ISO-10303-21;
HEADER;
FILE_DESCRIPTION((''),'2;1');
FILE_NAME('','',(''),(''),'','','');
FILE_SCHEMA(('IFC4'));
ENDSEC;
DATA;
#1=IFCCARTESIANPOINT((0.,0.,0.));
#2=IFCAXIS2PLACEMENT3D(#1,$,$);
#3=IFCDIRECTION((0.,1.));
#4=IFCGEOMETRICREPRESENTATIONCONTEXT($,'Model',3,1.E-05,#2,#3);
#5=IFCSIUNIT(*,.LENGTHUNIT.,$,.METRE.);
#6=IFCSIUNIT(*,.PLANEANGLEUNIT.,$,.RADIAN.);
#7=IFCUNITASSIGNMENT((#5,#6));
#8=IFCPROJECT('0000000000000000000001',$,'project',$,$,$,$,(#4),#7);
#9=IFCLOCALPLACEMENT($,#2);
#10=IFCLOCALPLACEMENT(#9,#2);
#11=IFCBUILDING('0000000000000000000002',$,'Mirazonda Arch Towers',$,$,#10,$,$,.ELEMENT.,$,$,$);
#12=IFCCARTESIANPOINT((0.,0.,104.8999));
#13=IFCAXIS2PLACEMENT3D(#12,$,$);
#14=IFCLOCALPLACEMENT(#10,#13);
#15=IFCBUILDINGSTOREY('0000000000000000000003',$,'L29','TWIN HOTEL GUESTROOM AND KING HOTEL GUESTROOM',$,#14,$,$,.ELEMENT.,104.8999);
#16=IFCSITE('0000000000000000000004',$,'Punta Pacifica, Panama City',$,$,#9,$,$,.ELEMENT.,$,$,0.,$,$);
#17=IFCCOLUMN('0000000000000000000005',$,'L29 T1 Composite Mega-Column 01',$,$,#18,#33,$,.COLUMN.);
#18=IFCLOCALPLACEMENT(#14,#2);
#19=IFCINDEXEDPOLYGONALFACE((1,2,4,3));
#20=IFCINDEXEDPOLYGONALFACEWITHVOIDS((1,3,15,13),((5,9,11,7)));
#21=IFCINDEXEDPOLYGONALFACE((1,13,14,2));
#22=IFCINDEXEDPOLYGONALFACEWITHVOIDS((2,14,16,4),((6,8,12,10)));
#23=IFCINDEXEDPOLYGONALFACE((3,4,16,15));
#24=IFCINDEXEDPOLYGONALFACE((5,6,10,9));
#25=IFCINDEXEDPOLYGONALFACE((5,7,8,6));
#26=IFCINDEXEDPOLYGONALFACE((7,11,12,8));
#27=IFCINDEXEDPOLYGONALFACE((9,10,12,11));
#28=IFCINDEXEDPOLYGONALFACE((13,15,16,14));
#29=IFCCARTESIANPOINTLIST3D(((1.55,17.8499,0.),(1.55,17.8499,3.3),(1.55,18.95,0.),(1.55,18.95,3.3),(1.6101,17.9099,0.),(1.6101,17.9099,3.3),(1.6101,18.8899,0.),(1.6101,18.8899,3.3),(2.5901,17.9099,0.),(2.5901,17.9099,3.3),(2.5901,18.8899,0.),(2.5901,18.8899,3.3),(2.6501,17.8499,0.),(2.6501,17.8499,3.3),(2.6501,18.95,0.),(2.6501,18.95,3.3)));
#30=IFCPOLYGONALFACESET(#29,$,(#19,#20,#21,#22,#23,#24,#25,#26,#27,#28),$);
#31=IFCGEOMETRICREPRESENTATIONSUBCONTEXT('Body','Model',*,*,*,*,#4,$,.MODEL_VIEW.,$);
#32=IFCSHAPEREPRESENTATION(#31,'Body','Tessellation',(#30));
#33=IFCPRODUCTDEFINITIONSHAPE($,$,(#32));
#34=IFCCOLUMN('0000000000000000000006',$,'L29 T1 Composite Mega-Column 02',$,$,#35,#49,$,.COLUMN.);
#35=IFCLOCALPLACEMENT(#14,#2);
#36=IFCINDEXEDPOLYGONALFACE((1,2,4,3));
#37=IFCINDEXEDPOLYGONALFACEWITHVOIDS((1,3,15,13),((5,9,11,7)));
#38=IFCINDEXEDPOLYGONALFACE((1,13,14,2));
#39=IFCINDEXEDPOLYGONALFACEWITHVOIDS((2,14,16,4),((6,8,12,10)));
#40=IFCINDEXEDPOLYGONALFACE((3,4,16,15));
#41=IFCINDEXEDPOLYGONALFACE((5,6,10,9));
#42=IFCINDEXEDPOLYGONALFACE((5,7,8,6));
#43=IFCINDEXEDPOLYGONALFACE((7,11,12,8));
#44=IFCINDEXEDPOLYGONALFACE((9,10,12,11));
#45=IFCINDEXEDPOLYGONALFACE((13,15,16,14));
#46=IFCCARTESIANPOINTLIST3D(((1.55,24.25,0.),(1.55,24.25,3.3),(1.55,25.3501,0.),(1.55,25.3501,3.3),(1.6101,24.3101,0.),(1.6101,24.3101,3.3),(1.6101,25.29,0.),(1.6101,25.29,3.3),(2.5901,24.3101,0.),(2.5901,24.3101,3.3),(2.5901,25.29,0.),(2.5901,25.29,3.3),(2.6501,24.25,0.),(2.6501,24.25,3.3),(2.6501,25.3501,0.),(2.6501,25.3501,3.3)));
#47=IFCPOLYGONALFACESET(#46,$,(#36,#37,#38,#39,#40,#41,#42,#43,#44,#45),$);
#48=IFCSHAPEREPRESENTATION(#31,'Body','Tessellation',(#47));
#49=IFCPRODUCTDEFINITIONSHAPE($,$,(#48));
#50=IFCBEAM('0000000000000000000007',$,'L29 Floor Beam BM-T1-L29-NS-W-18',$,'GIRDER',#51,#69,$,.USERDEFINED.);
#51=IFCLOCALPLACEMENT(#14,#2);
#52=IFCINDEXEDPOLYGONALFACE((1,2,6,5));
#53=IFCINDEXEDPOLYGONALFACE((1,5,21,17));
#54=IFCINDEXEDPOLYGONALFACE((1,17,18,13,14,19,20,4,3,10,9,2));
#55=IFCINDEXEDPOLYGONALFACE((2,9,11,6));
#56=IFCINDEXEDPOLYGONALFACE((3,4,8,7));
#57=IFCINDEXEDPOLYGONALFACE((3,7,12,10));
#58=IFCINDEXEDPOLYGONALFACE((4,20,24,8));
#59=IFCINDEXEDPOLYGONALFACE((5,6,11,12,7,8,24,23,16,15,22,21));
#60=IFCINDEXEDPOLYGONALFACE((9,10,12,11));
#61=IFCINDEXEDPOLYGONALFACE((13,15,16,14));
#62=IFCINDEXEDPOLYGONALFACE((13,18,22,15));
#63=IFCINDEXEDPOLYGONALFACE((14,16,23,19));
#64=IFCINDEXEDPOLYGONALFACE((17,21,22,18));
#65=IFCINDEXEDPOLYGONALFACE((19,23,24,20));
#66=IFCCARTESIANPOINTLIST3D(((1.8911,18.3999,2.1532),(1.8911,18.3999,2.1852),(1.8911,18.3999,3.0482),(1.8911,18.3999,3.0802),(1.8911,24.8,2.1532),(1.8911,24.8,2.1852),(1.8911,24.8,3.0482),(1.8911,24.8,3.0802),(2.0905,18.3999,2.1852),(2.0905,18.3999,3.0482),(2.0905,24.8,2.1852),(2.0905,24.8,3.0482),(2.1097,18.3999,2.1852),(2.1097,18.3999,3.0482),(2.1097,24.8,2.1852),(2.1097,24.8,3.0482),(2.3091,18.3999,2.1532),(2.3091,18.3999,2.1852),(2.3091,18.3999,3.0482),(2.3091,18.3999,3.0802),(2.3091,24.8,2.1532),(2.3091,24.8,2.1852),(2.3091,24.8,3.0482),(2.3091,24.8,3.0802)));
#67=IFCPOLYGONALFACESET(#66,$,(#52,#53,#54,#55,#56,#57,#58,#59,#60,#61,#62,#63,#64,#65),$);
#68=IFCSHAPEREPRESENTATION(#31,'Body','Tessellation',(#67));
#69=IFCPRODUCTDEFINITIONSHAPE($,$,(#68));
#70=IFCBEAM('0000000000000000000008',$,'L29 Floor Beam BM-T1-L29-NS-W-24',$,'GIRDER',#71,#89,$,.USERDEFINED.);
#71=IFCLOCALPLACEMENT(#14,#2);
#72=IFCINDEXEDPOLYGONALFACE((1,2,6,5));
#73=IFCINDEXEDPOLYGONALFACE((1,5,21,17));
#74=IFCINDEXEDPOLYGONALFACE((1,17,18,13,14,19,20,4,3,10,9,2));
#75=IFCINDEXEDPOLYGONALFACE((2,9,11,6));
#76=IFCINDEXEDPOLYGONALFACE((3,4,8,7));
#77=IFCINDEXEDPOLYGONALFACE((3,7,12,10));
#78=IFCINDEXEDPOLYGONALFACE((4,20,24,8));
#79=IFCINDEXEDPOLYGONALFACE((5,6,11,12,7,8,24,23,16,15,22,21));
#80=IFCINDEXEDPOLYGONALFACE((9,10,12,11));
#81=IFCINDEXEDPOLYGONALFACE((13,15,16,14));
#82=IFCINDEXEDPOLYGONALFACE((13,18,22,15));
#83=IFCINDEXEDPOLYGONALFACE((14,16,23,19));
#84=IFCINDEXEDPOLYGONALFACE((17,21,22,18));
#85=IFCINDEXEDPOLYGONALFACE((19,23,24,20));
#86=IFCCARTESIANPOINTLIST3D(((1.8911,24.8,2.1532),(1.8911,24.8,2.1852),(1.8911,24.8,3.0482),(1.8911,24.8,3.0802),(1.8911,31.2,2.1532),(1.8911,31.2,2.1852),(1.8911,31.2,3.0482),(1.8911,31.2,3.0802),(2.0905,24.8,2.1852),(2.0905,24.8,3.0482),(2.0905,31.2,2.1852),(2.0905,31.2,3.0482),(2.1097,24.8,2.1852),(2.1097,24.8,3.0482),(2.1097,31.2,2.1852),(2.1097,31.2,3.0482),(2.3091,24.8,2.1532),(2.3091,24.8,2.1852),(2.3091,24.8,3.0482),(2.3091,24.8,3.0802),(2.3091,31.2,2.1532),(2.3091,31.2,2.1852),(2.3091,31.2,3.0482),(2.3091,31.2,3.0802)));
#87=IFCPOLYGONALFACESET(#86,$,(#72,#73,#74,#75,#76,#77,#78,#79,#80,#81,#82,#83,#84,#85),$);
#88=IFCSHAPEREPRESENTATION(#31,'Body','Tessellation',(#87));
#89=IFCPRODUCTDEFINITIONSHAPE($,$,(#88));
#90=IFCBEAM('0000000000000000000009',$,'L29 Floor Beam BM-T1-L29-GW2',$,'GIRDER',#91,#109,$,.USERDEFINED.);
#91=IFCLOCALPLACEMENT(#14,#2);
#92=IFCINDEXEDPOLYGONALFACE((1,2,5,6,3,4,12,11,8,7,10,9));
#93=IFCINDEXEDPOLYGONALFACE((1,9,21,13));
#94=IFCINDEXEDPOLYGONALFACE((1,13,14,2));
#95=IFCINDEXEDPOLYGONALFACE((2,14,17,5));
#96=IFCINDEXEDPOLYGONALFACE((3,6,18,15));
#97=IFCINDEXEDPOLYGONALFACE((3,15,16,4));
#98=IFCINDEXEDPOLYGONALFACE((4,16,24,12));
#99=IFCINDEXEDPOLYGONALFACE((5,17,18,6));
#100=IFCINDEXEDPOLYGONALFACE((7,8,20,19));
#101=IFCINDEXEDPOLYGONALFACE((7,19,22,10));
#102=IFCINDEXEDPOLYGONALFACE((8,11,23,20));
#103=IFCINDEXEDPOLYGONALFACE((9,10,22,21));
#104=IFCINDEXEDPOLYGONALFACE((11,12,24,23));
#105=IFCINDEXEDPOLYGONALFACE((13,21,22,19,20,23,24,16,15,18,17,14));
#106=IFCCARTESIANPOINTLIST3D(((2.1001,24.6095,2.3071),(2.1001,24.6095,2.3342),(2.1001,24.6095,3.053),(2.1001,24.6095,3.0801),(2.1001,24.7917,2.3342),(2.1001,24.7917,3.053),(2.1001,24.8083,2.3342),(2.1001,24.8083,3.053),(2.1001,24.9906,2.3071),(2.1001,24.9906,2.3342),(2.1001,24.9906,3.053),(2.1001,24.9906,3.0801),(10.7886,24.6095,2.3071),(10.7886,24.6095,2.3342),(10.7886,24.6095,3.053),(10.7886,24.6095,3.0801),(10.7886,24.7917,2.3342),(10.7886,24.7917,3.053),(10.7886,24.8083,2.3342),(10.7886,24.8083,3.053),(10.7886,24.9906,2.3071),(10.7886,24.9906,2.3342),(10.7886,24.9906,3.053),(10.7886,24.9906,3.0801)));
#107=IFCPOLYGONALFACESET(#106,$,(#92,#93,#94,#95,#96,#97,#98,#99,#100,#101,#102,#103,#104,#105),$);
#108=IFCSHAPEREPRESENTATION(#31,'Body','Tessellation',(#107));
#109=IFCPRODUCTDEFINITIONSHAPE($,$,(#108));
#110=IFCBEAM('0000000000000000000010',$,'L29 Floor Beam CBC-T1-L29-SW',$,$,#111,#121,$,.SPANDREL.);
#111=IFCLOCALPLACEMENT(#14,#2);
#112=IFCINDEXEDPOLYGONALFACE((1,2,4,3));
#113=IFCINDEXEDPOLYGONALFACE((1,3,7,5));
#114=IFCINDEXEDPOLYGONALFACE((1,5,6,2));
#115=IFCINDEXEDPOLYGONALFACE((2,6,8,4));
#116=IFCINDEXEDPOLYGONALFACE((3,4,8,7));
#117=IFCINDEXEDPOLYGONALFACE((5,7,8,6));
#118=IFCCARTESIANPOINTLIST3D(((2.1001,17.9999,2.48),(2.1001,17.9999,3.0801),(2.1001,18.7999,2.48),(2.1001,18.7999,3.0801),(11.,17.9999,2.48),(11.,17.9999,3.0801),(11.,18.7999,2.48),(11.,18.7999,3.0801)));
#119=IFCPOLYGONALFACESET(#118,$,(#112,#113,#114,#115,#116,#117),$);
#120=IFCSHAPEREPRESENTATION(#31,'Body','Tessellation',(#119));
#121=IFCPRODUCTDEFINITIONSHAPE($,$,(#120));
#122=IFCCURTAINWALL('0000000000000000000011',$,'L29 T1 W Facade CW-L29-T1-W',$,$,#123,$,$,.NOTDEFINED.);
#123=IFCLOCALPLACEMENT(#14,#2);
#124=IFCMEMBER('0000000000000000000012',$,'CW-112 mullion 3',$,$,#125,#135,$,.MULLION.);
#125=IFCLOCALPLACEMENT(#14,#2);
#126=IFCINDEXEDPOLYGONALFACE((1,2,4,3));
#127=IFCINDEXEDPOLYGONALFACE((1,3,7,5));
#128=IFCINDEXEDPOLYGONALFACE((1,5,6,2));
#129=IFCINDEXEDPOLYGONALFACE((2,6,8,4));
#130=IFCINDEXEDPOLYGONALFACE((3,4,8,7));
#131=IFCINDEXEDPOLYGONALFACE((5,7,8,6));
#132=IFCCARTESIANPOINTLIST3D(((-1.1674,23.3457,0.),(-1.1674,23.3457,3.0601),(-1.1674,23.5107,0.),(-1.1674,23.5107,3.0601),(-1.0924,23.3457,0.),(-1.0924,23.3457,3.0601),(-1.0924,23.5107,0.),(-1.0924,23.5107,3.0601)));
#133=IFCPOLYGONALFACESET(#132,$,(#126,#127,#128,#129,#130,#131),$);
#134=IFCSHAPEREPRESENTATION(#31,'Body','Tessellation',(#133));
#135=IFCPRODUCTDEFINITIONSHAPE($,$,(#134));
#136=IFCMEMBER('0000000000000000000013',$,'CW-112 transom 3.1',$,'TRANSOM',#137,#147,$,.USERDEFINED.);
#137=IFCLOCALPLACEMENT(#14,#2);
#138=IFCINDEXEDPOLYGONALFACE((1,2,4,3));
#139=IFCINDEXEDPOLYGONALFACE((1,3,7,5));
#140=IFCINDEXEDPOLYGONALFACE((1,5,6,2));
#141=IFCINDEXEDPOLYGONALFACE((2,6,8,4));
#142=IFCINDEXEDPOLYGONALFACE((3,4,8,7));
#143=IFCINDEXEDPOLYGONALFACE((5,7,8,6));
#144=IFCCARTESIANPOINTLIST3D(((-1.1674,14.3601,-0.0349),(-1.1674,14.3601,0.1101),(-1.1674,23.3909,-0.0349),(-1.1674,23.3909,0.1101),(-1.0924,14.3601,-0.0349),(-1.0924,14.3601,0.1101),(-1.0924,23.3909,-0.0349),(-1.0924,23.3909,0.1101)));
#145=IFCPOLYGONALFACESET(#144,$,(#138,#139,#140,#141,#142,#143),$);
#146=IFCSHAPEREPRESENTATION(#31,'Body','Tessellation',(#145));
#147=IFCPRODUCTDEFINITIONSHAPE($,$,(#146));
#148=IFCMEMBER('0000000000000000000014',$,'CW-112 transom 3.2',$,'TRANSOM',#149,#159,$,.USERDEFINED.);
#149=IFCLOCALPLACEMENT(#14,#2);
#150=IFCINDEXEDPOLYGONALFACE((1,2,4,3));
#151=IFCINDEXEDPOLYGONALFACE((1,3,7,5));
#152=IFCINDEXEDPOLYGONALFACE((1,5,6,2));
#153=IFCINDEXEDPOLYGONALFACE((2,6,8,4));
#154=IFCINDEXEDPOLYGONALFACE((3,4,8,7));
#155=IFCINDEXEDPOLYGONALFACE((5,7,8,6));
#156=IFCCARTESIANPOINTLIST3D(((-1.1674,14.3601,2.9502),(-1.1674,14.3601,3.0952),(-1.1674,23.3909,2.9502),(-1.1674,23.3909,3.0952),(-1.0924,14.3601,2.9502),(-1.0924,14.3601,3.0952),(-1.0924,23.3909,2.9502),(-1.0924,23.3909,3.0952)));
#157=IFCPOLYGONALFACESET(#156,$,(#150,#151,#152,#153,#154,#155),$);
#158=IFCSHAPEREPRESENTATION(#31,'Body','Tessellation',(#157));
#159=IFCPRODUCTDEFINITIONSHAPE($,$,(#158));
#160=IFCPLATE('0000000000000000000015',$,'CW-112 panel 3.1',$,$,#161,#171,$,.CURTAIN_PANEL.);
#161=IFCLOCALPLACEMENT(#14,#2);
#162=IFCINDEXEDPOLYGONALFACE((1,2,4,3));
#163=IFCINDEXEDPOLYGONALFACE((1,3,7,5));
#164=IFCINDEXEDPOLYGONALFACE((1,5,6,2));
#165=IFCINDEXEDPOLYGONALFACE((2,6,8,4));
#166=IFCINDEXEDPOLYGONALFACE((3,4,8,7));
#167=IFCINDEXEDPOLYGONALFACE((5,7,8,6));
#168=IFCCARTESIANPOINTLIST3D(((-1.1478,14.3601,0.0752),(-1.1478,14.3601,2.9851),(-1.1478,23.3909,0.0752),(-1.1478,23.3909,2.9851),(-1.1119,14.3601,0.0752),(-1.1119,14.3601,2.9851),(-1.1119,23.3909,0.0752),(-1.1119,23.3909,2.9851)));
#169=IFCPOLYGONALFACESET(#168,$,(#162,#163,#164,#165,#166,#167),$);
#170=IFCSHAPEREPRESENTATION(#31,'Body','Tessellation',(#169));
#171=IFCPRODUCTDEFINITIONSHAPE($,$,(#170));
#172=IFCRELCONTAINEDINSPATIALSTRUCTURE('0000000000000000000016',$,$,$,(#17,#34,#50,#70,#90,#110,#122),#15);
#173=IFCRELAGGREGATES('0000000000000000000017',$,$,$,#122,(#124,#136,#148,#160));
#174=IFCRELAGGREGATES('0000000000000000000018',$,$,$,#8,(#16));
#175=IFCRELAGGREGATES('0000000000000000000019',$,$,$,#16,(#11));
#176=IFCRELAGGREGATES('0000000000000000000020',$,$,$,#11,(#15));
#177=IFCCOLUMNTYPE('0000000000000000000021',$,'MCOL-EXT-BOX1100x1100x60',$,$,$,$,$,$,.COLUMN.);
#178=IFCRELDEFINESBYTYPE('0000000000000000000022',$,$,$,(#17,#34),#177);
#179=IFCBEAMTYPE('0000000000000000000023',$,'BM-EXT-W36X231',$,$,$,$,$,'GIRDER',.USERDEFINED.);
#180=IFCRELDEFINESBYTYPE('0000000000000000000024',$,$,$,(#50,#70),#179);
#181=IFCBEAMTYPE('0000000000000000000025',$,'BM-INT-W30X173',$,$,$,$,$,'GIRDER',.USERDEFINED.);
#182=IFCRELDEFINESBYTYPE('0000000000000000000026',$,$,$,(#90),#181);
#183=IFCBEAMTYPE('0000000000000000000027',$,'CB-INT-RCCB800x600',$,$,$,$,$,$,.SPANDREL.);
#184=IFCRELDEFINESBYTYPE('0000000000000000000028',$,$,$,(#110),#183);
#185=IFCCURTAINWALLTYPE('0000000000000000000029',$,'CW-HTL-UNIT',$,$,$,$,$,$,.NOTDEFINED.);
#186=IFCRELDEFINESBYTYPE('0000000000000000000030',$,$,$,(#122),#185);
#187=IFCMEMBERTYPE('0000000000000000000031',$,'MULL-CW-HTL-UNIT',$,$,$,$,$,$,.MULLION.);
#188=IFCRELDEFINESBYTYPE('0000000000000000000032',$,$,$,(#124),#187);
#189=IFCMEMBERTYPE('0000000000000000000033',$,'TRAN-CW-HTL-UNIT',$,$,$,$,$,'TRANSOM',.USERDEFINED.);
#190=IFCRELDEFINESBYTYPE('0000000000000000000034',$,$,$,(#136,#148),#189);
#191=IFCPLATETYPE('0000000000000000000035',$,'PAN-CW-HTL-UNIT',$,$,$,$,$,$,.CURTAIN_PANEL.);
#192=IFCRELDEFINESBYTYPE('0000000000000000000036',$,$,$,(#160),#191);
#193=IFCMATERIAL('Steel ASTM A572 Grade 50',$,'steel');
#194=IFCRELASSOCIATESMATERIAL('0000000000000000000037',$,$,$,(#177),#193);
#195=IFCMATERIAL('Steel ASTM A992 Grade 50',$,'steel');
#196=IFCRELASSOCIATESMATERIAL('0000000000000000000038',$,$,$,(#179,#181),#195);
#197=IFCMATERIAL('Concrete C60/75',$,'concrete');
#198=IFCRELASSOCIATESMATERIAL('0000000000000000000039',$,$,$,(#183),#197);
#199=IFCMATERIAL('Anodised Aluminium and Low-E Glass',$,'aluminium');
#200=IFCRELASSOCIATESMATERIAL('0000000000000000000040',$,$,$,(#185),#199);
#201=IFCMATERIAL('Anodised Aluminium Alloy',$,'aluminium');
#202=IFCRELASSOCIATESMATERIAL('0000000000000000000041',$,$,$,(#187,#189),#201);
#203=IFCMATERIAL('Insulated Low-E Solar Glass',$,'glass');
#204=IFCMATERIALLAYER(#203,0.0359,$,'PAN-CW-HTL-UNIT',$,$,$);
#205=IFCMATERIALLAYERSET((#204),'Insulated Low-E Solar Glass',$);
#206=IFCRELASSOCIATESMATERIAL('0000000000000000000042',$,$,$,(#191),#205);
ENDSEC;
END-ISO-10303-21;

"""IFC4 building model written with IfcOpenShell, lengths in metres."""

from ifc_helpers import new_model, si_unit, direction, frame, origin, origin_2d, place, context, subcontext, project, spatial, rectangle, hollow_rectangle, i_section, extrude, material, layer, layer_set, material_profile, profile_set, type_object, element, aggregate, save


model = new_model("IFC4")

# Units and contexts
model_context = context("Model", 3, precision=1e-05, world=origin(), true_north=direction((0.0, 1.0)))
body_context = subcontext(model_context, "Body", "Model", "MODEL_VIEW")
ifc_project = project(units=[si_unit("LENGTHUNIT", "METRE"), si_unit("PLANEANGLEUNIT", "RADIAN")], contexts=[model_context])

# Site, building, storey
site_placement = place(None, origin())
site = spatial("IfcSite", under=ifc_project, at=site_placement, Name="Punta Pacifica, Panama City", CompositionType="ELEMENT", RefElevation=0.0)
building_placement = place(site_placement, origin())
building = spatial("IfcBuilding", under=site, at=building_placement, Name="Mirazonda Arch Towers", CompositionType="ELEMENT")
storey_placement = place(building_placement, frame((0.0, 0.0, 104.8999)))
storey = spatial("IfcBuildingStorey", under=building, at=storey_placement, Name="L29", Description="TWIN HOTEL GUESTROOM AND KING HOTEL GUESTROOM", CompositionType="ELEMENT", Elevation=104.8999)

# Columns
ifc_material_1 = material(Name="Steel ASTM A572 Grade 50", Category="steel")
ifc_material_profile_1 = material_profile(ifc_material_1, hollow_rectangle(XDim=1.1001, YDim=1.1001, WallThickness=0.0601, at=origin_2d()), Name="BOX1100x1100x60")
ifc_profile_set_1 = profile_set([ifc_material_profile_1], Name="Steel ASTM A572 Grade 50")
column_type = type_object("IfcColumnType", Name="MCOL-EXT-BOX1100x1100x60", PredefinedType="COLUMN", material=ifc_profile_set_1)
for number, where, z_axis, x_axis, name in (
    (1, (2.1001, 18.3999, 0.0), (0.0, 0.0, 1.0), (1.0, 0.0, 0.0), "L29 T1 Composite Mega-Column 01"),
    (2, (2.1001, 24.8, 0.0), (0.0, 0.0, 1.0), (1.0, 0.0, 0.0), "L29 T1 Composite Mega-Column 02"),
):
    element("IfcColumn", number, at=place(storey_placement, frame(where, z_axis=z_axis, x_axis=x_axis)), inside=storey, type_object=column_type, Name=name, PredefinedType="COLUMN", context=body_context, shape_type="SweptSolid", body=[
        extrude(hollow_rectangle(XDim=1.1001, YDim=1.1001, WallThickness=0.0601, at=origin_2d()), origin(), (0.0, 0.0, 1.0), 3.3),
    ])

# Beams
ifc_material_2 = material(Name="Steel ASTM A992 Grade 50", Category="steel")
ifc_material_profile_2 = material_profile(ifc_material_2, i_section(OverallWidth=0.418, OverallDepth=0.927, WebThickness=0.0193, FlangeThickness=0.032, at=origin_2d()), Name="W36X231")
ifc_profile_set_2 = profile_set([ifc_material_profile_2], Name="Steel ASTM A992 Grade 50")
beam_type_1 = type_object("IfcBeamType", Name="BM-EXT-W36X231", ElementType="GIRDER", PredefinedType="USERDEFINED", material=ifc_profile_set_2)
beam_1_placement = place(storey_placement, frame((2.1001, 18.3999, 2.6167), z_axis=(0.0, 1.0, 0.0), x_axis=(-1.0, 0.0, 0.0)))
element("IfcBeam", 3, at=beam_1_placement, inside=storey, type_object=beam_type_1, Name="L29 Floor Beam BM-T1-L29-NS-W-18", ObjectType="GIRDER", PredefinedType="USERDEFINED", context=body_context, shape_type="SweptSolid", body=[
    extrude(i_section(OverallWidth=0.418, OverallDepth=0.927, WebThickness=0.0193, FlangeThickness=0.032, at=origin_2d()), origin(), (0.0, 0.0, 1.0), 6.4001),
])
beam_2_placement = place(storey_placement, frame((2.1001, 24.8, 2.6167), z_axis=(0.0, 1.0, 0.0), x_axis=(-1.0, 0.0, 0.0)))
element("IfcBeam", 4, at=beam_2_placement, inside=storey, type_object=beam_type_1, Name="L29 Floor Beam BM-T1-L29-NS-W-24", ObjectType="GIRDER", PredefinedType="USERDEFINED", context=body_context, shape_type="SweptSolid", body=[
    extrude(i_section(OverallWidth=0.418, OverallDepth=0.927, WebThickness=0.0193, FlangeThickness=0.032, at=origin_2d()), origin(), (0.0, 0.0, 1.0), 6.3999),
])
ifc_material_profile_3 = material_profile(ifc_material_2, i_section(OverallWidth=0.3811, OverallDepth=0.7729, WebThickness=0.0166, FlangeThickness=0.0271, at=origin_2d()), Name="W30X173")
ifc_profile_set_3 = profile_set([ifc_material_profile_3], Name="Steel ASTM A992 Grade 50")
beam_type_2 = type_object("IfcBeamType", Name="BM-INT-W30X173", ElementType="GIRDER", PredefinedType="USERDEFINED", material=ifc_profile_set_3)
beam_3_placement = place(storey_placement, frame((2.1001, 24.8, 2.6936), z_axis=(1.0, 0.0, 0.0), x_axis=(0.0, 1.0, 0.0)))
element("IfcBeam", 5, at=beam_3_placement, inside=storey, type_object=beam_type_2, Name="L29 Floor Beam BM-T1-L29-GW2", ObjectType="GIRDER", PredefinedType="USERDEFINED", context=body_context, shape_type="SweptSolid", body=[
    extrude(i_section(OverallWidth=0.3811, OverallDepth=0.7729, WebThickness=0.0166, FlangeThickness=0.0271, at=origin_2d()), origin(), (0.0, 0.0, 1.0), 8.6885),
])
ifc_material_3 = material(Name="Concrete C60/75", Category="concrete")
ifc_material_profile_4 = material_profile(ifc_material_3, rectangle(XDim=0.8, YDim=0.6001, at=origin_2d()), Name="RCCB800x600")
ifc_profile_set_4 = profile_set([ifc_material_profile_4], Name="Concrete C60/75")
beam_type_3 = type_object("IfcBeamType", Name="CB-INT-RCCB800x600", PredefinedType="SPANDREL", material=ifc_profile_set_4)
beam_4_placement = place(storey_placement, frame((2.1001, 18.3999, 2.78), z_axis=(1.0, 0.0, 0.0), x_axis=(0.0, 1.0, 0.0)))
element("IfcBeam", 6, at=beam_4_placement, inside=storey, type_object=beam_type_3, Name="L29 Floor Beam CBC-T1-L29-SW", PredefinedType="SPANDREL", context=body_context, shape_type="SweptSolid", body=[
    extrude(rectangle(XDim=0.8, YDim=0.6001, at=origin_2d()), origin(), (0.0, 0.0, 1.0), 8.8999),
])

# Curtain wall, members, plate
ifc_material_4 = material(Name="Anodised Aluminium and Low-E Glass", Category="aluminium")
curtain_wall_type = type_object("IfcCurtainWallType", Name="CW-HTL-UNIT", PredefinedType="NOTDEFINED", material=ifc_material_4)
curtain_wall_placement = place(storey_placement, origin())
curtain_wall = element("IfcCurtainWall", 7, at=curtain_wall_placement, inside=storey, type_object=curtain_wall_type, Name="L29 T1 W Facade CW-L29-T1-W", PredefinedType="NOTDEFINED")
ifc_material_5 = material(Name="Anodised Aluminium Alloy", Category="aluminium")
ifc_material_profile_5 = material_profile(ifc_material_5, rectangle(XDim=0.075, YDim=0.165, at=origin_2d()), Name="ALU-MULL-75x165")
ifc_profile_set_5 = profile_set([ifc_material_profile_5], Name="Anodised Aluminium Alloy")
member_type_1 = type_object("IfcMemberType", Name="MULL-CW-HTL-UNIT", PredefinedType="MULLION", material=ifc_profile_set_5)
member_1_placement = place(storey_placement, frame((-1.1299, 23.4282, 0.0), z_axis=(0.0, 0.0, 1.0), x_axis=(1.0, 0.0, 0.0)))
member_1 = element("IfcMember", 8, at=member_1_placement, type_object=member_type_1, Name="CW-112 mullion 3", PredefinedType="MULLION", context=body_context, shape_type="SweptSolid", body=[
    extrude(rectangle(XDim=0.075, YDim=0.165, at=origin_2d()), origin(), (0.0, 0.0, 1.0), 3.0601),
])
ifc_material_profile_6 = material_profile(ifc_material_5, rectangle(XDim=0.075, YDim=0.145, at=origin_2d()), Name="ALU-TRAN-75x145")
ifc_profile_set_6 = profile_set([ifc_material_profile_6], Name="Anodised Aluminium Alloy")
member_type_2 = type_object("IfcMemberType", Name="TRAN-CW-HTL-UNIT", ElementType="TRANSOM", PredefinedType="USERDEFINED", material=ifc_profile_set_6)
member_2_placement = place(storey_placement, frame((-1.1299, 23.3909, 0.0376), z_axis=(0.0, -1.0, 0.0), x_axis=(1.0, 0.0, 0.0)))
member_2 = element("IfcMember", 9, at=member_2_placement, type_object=member_type_2, Name="CW-112 transom 3.1", ObjectType="TRANSOM", PredefinedType="USERDEFINED", context=body_context, shape_type="SweptSolid", body=[
    extrude(rectangle(XDim=0.075, YDim=0.145, at=origin_2d()), origin(), (0.0, 0.0, 1.0), 9.0308),
])
member_3_placement = place(storey_placement, frame((-1.1299, 23.3909, 3.0227), z_axis=(0.0, -1.0, 0.0), x_axis=(1.0, 0.0, 0.0)))
member_3 = element("IfcMember", 10, at=member_3_placement, type_object=member_type_2, Name="CW-112 transom 3.2", ObjectType="TRANSOM", PredefinedType="USERDEFINED", context=body_context, shape_type="SweptSolid", body=[
    extrude(rectangle(XDim=0.075, YDim=0.145, at=origin_2d()), origin(), (0.0, 0.0, 1.0), 9.0308),
])
ifc_material_6 = material(Name="Insulated Low-E Solar Glass", Category="glass")
ifc_layer_1 = layer(ifc_material_6, 0.0359, Name="PAN-CW-HTL-UNIT")
ifc_layer_set_1 = layer_set([ifc_layer_1], Name="Insulated Low-E Solar Glass")
plate_type = type_object("IfcPlateType", Name="PAN-CW-HTL-UNIT", PredefinedType="CURTAIN_PANEL", material=ifc_layer_set_1)
plate_placement = place(storey_placement, frame((-1.1299, 18.8755, 0.0752), z_axis=(0.0, 0.0, 1.0), x_axis=(0.0, -1.0, 0.0)))
plate = element("IfcPlate", 11, at=plate_placement, type_object=plate_type, Name="CW-112 panel 3.1", PredefinedType="CURTAIN_PANEL", context=body_context, shape_type="SweptSolid", body=[
    extrude(rectangle(XDim=9.0308, YDim=0.0359, at=origin_2d()), origin(), (0.0, 0.0, 1.0), 2.9099),
])
aggregate(curtain_wall, [member_1, member_2, member_3, plate])

save(model, "model.ifc")
